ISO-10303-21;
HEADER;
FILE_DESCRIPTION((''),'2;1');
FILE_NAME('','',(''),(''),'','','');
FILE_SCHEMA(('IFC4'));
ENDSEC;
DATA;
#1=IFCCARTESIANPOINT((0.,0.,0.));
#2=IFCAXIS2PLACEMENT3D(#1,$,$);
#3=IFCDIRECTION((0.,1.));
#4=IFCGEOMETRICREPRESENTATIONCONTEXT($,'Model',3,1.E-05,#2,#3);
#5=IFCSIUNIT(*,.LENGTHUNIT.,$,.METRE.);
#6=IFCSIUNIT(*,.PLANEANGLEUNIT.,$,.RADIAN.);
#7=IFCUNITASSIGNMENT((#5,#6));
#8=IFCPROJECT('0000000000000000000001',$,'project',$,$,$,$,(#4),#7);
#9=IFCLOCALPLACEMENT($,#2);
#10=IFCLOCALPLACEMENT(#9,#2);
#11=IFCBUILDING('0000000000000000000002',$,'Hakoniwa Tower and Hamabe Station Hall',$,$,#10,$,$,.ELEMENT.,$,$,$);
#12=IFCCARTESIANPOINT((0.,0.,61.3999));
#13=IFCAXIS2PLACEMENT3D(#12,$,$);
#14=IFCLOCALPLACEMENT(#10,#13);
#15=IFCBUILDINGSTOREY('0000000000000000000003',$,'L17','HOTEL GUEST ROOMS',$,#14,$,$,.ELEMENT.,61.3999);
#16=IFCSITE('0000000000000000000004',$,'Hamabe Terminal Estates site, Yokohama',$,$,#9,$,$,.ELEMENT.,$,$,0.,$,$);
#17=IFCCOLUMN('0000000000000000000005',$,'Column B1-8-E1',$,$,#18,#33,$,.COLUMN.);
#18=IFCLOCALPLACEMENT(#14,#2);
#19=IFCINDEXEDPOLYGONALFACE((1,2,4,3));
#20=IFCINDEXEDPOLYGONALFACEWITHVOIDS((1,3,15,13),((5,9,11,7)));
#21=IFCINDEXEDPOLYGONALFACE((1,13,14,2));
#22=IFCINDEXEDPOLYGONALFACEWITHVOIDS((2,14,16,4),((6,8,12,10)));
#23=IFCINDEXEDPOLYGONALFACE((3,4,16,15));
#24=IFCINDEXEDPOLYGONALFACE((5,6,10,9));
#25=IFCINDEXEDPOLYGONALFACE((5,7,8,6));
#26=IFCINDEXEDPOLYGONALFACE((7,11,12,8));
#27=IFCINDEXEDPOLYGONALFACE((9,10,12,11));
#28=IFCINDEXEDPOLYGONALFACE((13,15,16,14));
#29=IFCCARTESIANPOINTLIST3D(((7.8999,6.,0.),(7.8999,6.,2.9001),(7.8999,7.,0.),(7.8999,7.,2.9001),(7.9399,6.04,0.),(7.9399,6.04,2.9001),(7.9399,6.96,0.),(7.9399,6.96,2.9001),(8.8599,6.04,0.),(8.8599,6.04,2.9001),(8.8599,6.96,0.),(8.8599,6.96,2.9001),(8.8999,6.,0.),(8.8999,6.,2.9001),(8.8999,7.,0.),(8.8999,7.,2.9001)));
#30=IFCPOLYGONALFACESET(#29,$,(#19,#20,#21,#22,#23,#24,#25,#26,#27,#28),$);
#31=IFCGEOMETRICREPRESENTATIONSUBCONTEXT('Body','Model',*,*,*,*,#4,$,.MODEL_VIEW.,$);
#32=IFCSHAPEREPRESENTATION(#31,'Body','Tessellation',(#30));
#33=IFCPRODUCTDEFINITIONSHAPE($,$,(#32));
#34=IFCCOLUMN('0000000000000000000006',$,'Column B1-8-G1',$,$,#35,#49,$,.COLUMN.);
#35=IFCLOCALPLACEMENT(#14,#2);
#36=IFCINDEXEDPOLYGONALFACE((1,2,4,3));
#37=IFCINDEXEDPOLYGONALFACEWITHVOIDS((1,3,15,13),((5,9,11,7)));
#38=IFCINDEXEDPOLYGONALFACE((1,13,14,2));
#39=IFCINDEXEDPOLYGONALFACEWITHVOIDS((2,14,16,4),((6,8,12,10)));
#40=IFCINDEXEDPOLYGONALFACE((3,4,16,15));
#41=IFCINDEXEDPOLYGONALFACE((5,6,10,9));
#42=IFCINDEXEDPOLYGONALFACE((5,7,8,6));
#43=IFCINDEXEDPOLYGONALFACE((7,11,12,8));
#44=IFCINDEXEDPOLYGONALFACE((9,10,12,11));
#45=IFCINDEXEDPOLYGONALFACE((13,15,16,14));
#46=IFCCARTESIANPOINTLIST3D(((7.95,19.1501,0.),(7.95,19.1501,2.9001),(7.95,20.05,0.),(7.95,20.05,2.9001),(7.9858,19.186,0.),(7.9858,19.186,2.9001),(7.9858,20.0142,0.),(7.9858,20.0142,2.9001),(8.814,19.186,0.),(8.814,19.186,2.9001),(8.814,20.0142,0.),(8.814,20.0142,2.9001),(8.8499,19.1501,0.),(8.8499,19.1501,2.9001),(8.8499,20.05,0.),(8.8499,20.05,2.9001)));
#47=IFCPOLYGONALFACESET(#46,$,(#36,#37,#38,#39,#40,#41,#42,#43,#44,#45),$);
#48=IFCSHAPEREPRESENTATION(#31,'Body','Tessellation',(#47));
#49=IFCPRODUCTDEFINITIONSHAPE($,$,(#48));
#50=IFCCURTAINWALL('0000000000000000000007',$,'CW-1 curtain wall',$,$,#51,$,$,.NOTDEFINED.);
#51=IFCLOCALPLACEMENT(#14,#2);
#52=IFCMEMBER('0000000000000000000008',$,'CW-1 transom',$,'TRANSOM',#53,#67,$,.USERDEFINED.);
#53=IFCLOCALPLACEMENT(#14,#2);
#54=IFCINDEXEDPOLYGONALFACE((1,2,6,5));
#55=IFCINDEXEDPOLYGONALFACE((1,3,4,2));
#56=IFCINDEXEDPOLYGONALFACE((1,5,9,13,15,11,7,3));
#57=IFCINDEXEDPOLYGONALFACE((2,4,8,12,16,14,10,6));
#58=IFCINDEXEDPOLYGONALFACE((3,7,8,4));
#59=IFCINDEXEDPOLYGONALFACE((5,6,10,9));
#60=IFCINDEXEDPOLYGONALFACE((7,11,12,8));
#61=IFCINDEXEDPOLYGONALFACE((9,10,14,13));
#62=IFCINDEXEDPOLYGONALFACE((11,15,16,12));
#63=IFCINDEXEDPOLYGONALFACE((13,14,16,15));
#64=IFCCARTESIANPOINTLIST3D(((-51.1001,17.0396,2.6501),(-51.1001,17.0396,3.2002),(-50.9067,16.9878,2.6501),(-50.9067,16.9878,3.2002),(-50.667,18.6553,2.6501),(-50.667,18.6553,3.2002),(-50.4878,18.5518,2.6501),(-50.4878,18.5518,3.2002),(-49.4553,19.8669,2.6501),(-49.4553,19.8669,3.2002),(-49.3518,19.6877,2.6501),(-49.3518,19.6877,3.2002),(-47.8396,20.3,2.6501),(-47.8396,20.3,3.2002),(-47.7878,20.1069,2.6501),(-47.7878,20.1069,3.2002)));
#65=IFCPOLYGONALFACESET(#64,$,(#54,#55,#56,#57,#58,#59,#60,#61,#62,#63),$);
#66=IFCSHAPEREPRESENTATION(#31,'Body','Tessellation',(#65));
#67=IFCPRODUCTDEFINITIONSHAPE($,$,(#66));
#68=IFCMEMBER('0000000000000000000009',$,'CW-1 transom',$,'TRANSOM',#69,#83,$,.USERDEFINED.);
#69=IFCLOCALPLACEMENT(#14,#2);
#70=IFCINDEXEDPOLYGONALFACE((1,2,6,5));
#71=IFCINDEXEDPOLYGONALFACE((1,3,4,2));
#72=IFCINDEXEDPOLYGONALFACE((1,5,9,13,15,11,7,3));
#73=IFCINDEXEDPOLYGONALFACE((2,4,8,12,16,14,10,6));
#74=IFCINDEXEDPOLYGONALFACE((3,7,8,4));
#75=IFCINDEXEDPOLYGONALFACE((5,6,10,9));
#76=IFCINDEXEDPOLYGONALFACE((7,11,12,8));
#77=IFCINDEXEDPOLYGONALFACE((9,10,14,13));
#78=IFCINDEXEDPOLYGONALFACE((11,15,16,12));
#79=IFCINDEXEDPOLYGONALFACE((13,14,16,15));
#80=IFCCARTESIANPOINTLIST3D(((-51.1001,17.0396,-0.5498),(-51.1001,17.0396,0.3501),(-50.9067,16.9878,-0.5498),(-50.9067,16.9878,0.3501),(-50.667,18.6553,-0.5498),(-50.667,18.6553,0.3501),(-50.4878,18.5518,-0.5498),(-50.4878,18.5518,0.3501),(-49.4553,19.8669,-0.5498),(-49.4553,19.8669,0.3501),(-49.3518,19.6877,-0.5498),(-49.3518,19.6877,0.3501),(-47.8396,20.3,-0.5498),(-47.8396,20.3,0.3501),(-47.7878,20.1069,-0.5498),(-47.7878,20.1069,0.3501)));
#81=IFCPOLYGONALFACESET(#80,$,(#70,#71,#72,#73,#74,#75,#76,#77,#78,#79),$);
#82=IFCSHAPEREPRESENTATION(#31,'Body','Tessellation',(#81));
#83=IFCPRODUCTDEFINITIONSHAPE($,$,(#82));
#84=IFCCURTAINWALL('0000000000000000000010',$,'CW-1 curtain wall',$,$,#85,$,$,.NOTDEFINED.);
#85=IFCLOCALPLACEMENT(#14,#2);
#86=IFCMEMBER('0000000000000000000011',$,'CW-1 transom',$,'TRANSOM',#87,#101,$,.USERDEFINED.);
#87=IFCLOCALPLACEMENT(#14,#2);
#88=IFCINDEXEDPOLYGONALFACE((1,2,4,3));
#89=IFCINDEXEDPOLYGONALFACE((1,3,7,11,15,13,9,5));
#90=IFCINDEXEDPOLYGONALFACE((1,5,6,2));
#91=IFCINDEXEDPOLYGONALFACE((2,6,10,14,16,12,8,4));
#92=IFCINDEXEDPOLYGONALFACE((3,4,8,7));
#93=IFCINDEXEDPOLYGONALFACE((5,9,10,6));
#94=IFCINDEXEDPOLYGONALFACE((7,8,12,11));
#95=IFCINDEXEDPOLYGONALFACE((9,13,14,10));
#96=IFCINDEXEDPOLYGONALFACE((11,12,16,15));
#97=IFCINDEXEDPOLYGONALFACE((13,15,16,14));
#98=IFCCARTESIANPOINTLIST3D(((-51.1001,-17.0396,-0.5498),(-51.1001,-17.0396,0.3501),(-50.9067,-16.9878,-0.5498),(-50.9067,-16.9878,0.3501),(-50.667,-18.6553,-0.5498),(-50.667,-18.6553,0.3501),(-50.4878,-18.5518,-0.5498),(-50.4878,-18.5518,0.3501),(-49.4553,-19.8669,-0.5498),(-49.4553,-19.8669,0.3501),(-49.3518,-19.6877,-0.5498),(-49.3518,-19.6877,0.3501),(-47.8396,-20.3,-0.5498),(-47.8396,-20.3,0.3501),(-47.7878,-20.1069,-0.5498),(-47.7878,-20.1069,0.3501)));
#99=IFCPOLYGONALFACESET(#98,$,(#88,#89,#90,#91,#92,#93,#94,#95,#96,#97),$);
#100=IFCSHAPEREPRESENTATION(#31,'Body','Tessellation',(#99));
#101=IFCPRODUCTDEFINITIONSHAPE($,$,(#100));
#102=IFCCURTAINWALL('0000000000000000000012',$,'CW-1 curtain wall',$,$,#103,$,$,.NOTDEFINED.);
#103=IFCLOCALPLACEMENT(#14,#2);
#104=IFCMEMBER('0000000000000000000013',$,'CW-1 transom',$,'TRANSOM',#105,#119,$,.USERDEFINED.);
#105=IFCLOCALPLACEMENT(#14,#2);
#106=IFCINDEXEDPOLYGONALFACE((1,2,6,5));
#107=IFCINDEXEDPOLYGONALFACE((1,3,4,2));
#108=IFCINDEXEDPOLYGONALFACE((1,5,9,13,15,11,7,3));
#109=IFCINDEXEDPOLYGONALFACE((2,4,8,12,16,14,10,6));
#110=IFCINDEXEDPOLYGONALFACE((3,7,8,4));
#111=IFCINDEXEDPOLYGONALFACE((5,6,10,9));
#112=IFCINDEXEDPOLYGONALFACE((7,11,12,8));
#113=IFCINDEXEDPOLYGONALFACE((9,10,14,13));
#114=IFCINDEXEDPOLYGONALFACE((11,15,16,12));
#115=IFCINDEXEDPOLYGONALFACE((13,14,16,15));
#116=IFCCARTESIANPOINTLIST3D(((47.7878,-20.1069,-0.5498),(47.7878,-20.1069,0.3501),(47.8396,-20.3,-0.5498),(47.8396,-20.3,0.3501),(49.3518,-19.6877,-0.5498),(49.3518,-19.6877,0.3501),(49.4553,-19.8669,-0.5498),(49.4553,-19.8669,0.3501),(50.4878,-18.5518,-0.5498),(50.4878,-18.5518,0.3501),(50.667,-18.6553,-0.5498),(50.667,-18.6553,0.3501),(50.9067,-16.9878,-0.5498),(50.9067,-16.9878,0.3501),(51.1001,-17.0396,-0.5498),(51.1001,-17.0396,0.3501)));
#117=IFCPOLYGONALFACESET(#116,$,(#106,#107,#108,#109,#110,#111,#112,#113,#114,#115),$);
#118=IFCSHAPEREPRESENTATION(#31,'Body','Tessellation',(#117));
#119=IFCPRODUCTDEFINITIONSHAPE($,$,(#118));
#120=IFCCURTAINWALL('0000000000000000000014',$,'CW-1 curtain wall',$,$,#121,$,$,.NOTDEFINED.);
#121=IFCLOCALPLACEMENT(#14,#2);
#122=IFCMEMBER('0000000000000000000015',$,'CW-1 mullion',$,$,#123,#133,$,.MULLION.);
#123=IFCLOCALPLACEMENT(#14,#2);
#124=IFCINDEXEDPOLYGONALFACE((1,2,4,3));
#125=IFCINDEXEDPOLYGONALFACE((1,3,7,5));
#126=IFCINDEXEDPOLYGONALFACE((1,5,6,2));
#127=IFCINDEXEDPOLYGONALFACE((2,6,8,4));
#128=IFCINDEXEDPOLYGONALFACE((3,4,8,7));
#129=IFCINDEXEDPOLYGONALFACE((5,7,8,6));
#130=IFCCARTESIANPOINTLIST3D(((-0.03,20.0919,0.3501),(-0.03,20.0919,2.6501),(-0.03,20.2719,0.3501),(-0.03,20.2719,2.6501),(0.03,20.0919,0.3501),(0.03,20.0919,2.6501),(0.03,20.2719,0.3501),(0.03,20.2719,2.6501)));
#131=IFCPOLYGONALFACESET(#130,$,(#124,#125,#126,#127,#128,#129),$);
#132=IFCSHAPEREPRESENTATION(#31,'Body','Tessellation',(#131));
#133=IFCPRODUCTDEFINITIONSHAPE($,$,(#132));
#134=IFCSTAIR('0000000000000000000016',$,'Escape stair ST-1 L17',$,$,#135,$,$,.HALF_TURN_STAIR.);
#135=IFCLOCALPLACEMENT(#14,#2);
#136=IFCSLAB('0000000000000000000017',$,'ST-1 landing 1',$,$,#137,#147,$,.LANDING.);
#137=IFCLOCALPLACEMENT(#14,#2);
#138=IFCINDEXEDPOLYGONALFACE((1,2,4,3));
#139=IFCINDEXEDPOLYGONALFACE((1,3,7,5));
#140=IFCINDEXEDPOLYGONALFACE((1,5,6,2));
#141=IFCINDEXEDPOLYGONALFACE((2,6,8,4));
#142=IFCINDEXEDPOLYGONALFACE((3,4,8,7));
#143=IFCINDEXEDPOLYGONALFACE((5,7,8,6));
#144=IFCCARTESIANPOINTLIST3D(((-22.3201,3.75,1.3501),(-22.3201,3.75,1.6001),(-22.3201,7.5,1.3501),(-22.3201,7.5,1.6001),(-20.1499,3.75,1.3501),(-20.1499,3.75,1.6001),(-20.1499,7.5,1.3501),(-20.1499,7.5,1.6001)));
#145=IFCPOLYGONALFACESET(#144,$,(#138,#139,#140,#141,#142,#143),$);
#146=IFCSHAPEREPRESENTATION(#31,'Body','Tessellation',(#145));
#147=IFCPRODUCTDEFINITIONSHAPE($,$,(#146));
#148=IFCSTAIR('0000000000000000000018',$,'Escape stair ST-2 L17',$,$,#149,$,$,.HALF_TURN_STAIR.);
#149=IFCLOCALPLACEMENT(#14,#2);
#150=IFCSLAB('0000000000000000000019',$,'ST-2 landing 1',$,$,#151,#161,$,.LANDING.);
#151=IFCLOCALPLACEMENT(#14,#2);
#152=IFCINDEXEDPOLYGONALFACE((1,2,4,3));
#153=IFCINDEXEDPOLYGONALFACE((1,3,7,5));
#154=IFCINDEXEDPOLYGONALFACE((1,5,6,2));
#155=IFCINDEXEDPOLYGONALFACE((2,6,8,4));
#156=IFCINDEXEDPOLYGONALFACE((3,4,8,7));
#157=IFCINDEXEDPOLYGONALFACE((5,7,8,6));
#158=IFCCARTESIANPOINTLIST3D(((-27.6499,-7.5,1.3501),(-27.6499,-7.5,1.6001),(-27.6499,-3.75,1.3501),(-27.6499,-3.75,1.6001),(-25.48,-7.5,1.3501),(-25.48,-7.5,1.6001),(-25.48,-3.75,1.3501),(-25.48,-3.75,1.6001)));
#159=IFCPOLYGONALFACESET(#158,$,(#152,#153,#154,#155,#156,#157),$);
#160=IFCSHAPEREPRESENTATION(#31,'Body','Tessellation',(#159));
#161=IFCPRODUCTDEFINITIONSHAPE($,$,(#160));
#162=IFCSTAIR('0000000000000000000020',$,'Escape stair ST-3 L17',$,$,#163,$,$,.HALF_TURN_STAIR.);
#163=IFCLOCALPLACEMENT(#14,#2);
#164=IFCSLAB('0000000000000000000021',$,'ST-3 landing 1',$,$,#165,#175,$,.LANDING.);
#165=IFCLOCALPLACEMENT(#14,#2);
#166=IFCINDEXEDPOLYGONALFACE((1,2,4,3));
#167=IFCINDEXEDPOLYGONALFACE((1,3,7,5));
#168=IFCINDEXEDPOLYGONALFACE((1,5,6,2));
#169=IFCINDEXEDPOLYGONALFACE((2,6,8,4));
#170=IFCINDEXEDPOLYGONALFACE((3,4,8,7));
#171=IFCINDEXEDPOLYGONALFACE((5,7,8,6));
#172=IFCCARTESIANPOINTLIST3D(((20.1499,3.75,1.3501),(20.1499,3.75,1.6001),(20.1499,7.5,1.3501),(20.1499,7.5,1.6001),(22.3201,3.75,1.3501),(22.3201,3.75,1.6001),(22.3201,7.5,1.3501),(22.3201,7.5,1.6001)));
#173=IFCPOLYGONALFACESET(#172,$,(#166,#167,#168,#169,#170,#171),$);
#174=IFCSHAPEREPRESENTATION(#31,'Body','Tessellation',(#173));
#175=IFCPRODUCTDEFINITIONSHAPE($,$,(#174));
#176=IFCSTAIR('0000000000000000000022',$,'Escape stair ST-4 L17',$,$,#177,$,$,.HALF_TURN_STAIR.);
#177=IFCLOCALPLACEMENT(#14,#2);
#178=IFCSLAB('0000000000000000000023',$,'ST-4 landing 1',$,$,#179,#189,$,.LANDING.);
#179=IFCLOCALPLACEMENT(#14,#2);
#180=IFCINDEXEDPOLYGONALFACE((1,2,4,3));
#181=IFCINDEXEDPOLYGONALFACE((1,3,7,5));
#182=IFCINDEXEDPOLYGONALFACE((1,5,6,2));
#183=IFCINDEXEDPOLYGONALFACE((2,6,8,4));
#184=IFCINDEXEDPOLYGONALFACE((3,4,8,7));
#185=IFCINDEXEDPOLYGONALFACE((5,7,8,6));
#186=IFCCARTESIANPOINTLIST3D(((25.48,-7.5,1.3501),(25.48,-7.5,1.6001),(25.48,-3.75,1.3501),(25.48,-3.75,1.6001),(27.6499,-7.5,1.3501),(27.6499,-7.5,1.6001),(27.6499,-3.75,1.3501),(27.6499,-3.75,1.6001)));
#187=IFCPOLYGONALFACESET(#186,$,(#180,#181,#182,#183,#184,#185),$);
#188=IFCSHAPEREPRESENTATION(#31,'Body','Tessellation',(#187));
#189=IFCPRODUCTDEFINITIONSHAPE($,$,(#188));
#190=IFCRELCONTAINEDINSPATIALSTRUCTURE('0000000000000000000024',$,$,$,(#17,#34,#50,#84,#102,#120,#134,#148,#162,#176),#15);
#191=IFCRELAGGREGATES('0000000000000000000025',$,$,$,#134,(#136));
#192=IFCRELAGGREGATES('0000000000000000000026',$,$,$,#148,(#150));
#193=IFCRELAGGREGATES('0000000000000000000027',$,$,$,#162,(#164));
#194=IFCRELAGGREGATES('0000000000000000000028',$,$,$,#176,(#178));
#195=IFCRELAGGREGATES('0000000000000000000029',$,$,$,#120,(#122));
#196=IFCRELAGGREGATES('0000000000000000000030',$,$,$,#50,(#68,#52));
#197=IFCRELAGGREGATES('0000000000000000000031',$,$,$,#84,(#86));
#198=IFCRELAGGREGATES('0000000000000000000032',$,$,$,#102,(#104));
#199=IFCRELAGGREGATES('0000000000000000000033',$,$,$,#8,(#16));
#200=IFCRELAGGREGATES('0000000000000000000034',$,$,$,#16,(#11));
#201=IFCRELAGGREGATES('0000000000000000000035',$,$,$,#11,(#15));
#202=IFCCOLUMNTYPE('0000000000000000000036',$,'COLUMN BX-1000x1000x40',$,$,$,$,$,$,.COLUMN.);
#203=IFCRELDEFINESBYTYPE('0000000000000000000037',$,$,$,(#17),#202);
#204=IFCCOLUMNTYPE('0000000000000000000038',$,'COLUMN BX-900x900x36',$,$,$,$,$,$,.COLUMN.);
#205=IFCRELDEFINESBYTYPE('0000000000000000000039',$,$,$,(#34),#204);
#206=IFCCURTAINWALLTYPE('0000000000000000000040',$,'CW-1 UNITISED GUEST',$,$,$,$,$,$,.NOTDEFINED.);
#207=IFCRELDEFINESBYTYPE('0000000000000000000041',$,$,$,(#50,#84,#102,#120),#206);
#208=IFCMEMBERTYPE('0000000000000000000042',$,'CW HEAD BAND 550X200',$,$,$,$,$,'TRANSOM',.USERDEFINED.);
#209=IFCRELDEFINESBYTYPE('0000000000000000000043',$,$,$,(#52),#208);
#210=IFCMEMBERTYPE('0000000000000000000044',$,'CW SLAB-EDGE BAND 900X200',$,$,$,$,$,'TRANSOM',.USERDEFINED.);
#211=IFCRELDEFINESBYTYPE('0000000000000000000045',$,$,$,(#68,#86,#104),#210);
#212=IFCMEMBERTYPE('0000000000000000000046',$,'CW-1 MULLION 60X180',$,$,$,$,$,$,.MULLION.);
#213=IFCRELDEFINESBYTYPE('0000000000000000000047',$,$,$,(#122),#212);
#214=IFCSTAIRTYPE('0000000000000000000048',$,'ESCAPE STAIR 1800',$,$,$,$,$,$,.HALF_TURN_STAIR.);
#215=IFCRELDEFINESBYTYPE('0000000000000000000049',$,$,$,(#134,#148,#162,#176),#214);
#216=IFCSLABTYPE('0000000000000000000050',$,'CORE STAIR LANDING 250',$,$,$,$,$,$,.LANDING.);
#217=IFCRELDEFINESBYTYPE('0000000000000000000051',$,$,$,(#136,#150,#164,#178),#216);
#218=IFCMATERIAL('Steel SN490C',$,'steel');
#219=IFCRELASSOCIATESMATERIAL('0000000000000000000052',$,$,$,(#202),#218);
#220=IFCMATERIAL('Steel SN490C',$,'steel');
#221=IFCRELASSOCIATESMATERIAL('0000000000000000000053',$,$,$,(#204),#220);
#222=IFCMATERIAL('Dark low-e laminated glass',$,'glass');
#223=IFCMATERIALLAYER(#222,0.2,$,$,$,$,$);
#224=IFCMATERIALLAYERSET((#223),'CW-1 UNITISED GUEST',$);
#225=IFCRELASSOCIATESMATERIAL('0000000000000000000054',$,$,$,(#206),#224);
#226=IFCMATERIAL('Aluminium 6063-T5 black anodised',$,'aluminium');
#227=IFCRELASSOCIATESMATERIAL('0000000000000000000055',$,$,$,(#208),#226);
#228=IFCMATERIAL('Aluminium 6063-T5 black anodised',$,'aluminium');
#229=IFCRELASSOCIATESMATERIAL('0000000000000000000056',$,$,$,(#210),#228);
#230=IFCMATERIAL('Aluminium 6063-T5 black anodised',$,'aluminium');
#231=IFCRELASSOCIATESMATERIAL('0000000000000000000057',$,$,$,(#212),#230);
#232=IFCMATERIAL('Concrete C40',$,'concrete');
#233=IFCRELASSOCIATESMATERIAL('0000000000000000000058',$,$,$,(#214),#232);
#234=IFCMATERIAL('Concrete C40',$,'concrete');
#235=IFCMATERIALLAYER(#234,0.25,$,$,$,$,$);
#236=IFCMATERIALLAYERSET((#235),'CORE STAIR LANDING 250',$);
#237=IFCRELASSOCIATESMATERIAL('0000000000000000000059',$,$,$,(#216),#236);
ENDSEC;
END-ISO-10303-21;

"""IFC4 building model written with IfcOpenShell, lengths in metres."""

from ifc_helpers import new_model, si_unit, direction, frame, origin, origin_2d, place, context, subcontext, project, spatial, polyline, rectangle, hollow_rectangle, outline, extrude, material, layer, layer_set, material_profile, profile_set, type_object, element, aggregate, save


model = new_model("IFC4")

# Units and contexts
model_context = context("Model", 3, precision=1e-05, world=origin(), true_north=direction((0.0, 1.0)))
body_context = subcontext(model_context, "Body", "Model", "MODEL_VIEW")
ifc_project = project(units=[si_unit("LENGTHUNIT", "METRE"), si_unit("PLANEANGLEUNIT", "RADIAN")], contexts=[model_context])

# Site, building, storey
site_placement = place(None, origin())
site = spatial("IfcSite", under=ifc_project, at=site_placement, Name="Hamabe Terminal Estates site, Yokohama", CompositionType="ELEMENT", RefElevation=0.0)
building_placement = place(site_placement, origin())
building = spatial("IfcBuilding", under=site, at=building_placement, Name="Hakoniwa Tower and Hamabe Station Hall", CompositionType="ELEMENT")
storey_placement = place(building_placement, frame((0.0, 0.0, 61.3999)))
storey = spatial("IfcBuildingStorey", under=building, at=storey_placement, Name="L17", Description="HOTEL GUEST ROOMS", CompositionType="ELEMENT", Elevation=61.3999)

# Columns
ifc_material_1 = material(Name="Steel SN490C", Category="steel")
ifc_material_profile_1 = material_profile(ifc_material_1, hollow_rectangle(XDim=1.0, YDim=1.0, WallThickness=0.04, at=origin_2d()), Name="BX-1000x1000x40")
ifc_profile_set_1 = profile_set([ifc_material_profile_1], Name="Steel SN490C")
column_type_1 = type_object("IfcColumnType", Name="COLUMN BX-1000x1000x40", PredefinedType="COLUMN", material=ifc_profile_set_1)
column_1_placement = place(storey_placement, frame((8.3999, 6.5, 0.0), z_axis=(0.0, 0.0, 1.0), x_axis=(1.0, 0.0, 0.0)))
element("IfcColumn", 1, at=column_1_placement, inside=storey, type_object=column_type_1, Name="Column B1-8-E1", PredefinedType="COLUMN", context=body_context, shape_type="SweptSolid", body=[
    extrude(hollow_rectangle(XDim=1.0, YDim=1.0, WallThickness=0.04, at=origin_2d()), origin(), (0.0, 0.0, 1.0), 2.9001),
])
ifc_material_2 = material(Name="Steel SN490C", Category="steel")
ifc_material_profile_2 = material_profile(ifc_material_2, hollow_rectangle(XDim=0.8999, YDim=0.8999, WallThickness=0.0359, at=origin_2d()), Name="BX-900x900x36")
ifc_profile_set_2 = profile_set([ifc_material_profile_2], Name="Steel SN490C")
column_type_2 = type_object("IfcColumnType", Name="COLUMN BX-900x900x36", PredefinedType="COLUMN", material=ifc_profile_set_2)
column_2_placement = place(storey_placement, frame((8.3999, 19.6001, 0.0), z_axis=(0.0, 0.0, 1.0), x_axis=(1.0, 0.0, 0.0)))
element("IfcColumn", 2, at=column_2_placement, inside=storey, type_object=column_type_2, Name="Column B1-8-G1", PredefinedType="COLUMN", context=body_context, shape_type="SweptSolid", body=[
    extrude(hollow_rectangle(XDim=0.8999, YDim=0.8999, WallThickness=0.0359, at=origin_2d()), origin(), (0.0, 0.0, 1.0), 2.9001),
])

# Curtain wall, members
ifc_material_3 = material(Name="Dark low-e laminated glass", Category="glass")
ifc_layer_1 = layer(ifc_material_3, 0.2)
ifc_layer_set_1 = layer_set([ifc_layer_1], Name="CW-1 UNITISED GUEST")
curtain_wall_type = type_object("IfcCurtainWallType", Name="CW-1 UNITISED GUEST", PredefinedType="NOTDEFINED", material=ifc_layer_set_1)
curtain_wall_1_placement = place(storey_placement, origin())
curtain_wall_1 = element("IfcCurtainWall", 3, at=curtain_wall_1_placement, inside=storey, type_object=curtain_wall_type, Name="CW-1 curtain wall", PredefinedType="NOTDEFINED")
ifc_material_4 = material(Name="Aluminium 6063-T5 black anodised", Category="aluminium")
ifc_material_profile_3 = material_profile(ifc_material_4, rectangle(XDim=0.2, YDim=0.55, at=origin_2d()), Name="CW HEAD BAND 550X200")
ifc_profile_set_3 = profile_set([ifc_material_profile_3], Name="Aluminium 6063-T5 black anodised")
member_type_1 = type_object("IfcMemberType", Name="CW HEAD BAND 550X200", ElementType="TRANSOM", PredefinedType="USERDEFINED", material=ifc_profile_set_3)
member_1_placement = place(storey_placement, frame((0.0, 0.0, 2.6501)))
member_1 = element("IfcMember", 4, at=member_1_placement, type_object=member_type_1, Name="CW-1 transom", ObjectType="TRANSOM", PredefinedType="USERDEFINED", context=body_context, shape_type="SweptSolid", body=[
    extrude(outline(polyline([(-47.8396, 20.3), (-49.4553, 19.8669), (-50.667, 18.6553), (-51.1001, 17.0396), (-50.9067, 16.9878), (-50.4878, 18.5518), (-49.3518, 19.6877), (-47.7878, 20.1069), (-47.8396, 20.3)])), origin(), (0.0, 0.0, 1.0), 0.55),
])
ifc_material_5 = material(Name="Aluminium 6063-T5 black anodised", Category="aluminium")
ifc_material_profile_4 = material_profile(ifc_material_5, rectangle(XDim=0.2, YDim=0.8999, at=origin_2d()), Name="CW SLAB-EDGE BAND 900X200")
ifc_profile_set_4 = profile_set([ifc_material_profile_4], Name="Aluminium 6063-T5 black anodised")
member_type_2 = type_object("IfcMemberType", Name="CW SLAB-EDGE BAND 900X200", ElementType="TRANSOM", PredefinedType="USERDEFINED", material=ifc_profile_set_4)
member_2_placement = place(storey_placement, frame((0.0, 0.0, -0.5498)))
member_2 = element("IfcMember", 5, at=member_2_placement, type_object=member_type_2, Name="CW-1 transom", ObjectType="TRANSOM", PredefinedType="USERDEFINED", context=body_context, shape_type="SweptSolid", body=[
    extrude(outline(polyline([(-47.8396, 20.3), (-49.4553, 19.8669), (-50.667, 18.6553), (-51.1001, 17.0396), (-50.9067, 16.9878), (-50.4878, 18.5518), (-49.3518, 19.6877), (-47.7878, 20.1069), (-47.8396, 20.3)])), origin(), (0.0, 0.0, 1.0), 0.8999),
])

# Curtain walls, members
curtain_wall_2_placement = place(storey_placement, origin())
curtain_wall_2 = element("IfcCurtainWall", 6, at=curtain_wall_2_placement, inside=storey, type_object=curtain_wall_type, Name="CW-1 curtain wall", PredefinedType="NOTDEFINED")
member_3_placement = place(storey_placement, frame((0.0, 0.0, -0.5498)))
member_3 = element("IfcMember", 7, at=member_3_placement, type_object=member_type_2, Name="CW-1 transom", ObjectType="TRANSOM", PredefinedType="USERDEFINED", context=body_context, shape_type="SweptSolid", body=[
    extrude(outline(polyline([(-51.1001, -17.0396), (-50.667, -18.6553), (-49.4553, -19.8669), (-47.8396, -20.3), (-47.7878, -20.1069), (-49.3518, -19.6877), (-50.4878, -18.5518), (-50.9067, -16.9878), (-51.1001, -17.0396)])), origin(), (0.0, 0.0, 1.0), 0.8999),
])
curtain_wall_3_placement = place(storey_placement, origin())
curtain_wall_3 = element("IfcCurtainWall", 8, at=curtain_wall_3_placement, inside=storey, type_object=curtain_wall_type, Name="CW-1 curtain wall", PredefinedType="NOTDEFINED")
member_4_placement = place(storey_placement, frame((0.0, 0.0, -0.5498)))
member_4 = element("IfcMember", 9, at=member_4_placement, type_object=member_type_2, Name="CW-1 transom", ObjectType="TRANSOM", PredefinedType="USERDEFINED", context=body_context, shape_type="SweptSolid", body=[
    extrude(outline(polyline([(47.8396, -20.3), (49.4553, -19.8669), (50.667, -18.6553), (51.1001, -17.0396), (50.9067, -16.9878), (50.4878, -18.5518), (49.3518, -19.6877), (47.7878, -20.1069), (47.8396, -20.3)])), origin(), (0.0, 0.0, 1.0), 0.8999),
])
curtain_wall_4_placement = place(storey_placement, origin())
curtain_wall_4 = element("IfcCurtainWall", 10, at=curtain_wall_4_placement, inside=storey, type_object=curtain_wall_type, Name="CW-1 curtain wall", PredefinedType="NOTDEFINED")
ifc_material_6 = material(Name="Aluminium 6063-T5 black anodised", Category="aluminium")
ifc_material_profile_5 = material_profile(ifc_material_6, rectangle(XDim=0.0601, YDim=0.1799, at=origin_2d()), Name="CW-1 MULLION 60X180")
ifc_profile_set_5 = profile_set([ifc_material_profile_5], Name="Aluminium 6063-T5 black anodised")
member_type_3 = type_object("IfcMemberType", Name="CW-1 MULLION 60X180", PredefinedType="MULLION", material=ifc_profile_set_5)
member_5_placement = place(storey_placement, frame((0.0, 20.1819, 0.3501), z_axis=(0.0, 0.0, 1.0), x_axis=(-1.0, 0.0, 0.0)))
member_5 = element("IfcMember", 11, at=member_5_placement, type_object=member_type_3, Name="CW-1 mullion", PredefinedType="MULLION", context=body_context, shape_type="SweptSolid", body=[
    extrude(rectangle(XDim=0.0601, YDim=0.1799, at=origin_2d()), origin(), (0.0, 0.0, 1.0), 2.3),
])

# Stairs, slabs
ifc_material_7 = material(Name="Concrete C40", Category="concrete")
stair_type = type_object("IfcStairType", Name="ESCAPE STAIR 1800", PredefinedType="HALF_TURN_STAIR", material=ifc_material_7)
stair_1_placement = place(storey_placement, origin())
stair_1 = element("IfcStair", 12, at=stair_1_placement, inside=storey, type_object=stair_type, Name="Escape stair ST-1 L17", PredefinedType="HALF_TURN_STAIR")
ifc_material_8 = material(Name="Concrete C40", Category="concrete")
ifc_layer_2 = layer(ifc_material_8, 0.25)
ifc_layer_set_2 = layer_set([ifc_layer_2], Name="CORE STAIR LANDING 250")
slab_type = type_object("IfcSlabType", Name="CORE STAIR LANDING 250", PredefinedType="LANDING", material=ifc_layer_set_2)
slab_1_placement = place(storey_placement, frame((0.0, 0.0, 1.3501)))
slab_1 = element("IfcSlab", 13, at=slab_1_placement, type_object=slab_type, Name="ST-1 landing 1", PredefinedType="LANDING", context=body_context, shape_type="SweptSolid", body=[
    extrude(outline(polyline([(-22.3201, 3.75), (-20.1499, 3.75), (-20.1499, 7.5), (-22.3201, 7.5), (-22.3201, 3.75)])), origin(), (0.0, 0.0, 1.0), 0.25),
])
aggregate(stair_1, [slab_1])
stair_2_placement = place(storey_placement, origin())
stair_2 = element("IfcStair", 14, at=stair_2_placement, inside=storey, type_object=stair_type, Name="Escape stair ST-2 L17", PredefinedType="HALF_TURN_STAIR")
slab_2_placement = place(storey_placement, frame((0.0, 0.0, 1.3501)))
slab_2 = element("IfcSlab", 15, at=slab_2_placement, type_object=slab_type, Name="ST-2 landing 1", PredefinedType="LANDING", context=body_context, shape_type="SweptSolid", body=[
    extrude(outline(polyline([(-25.48, -7.5), (-27.6499, -7.5), (-27.6499, -3.75), (-25.48, -3.75), (-25.48, -7.5)])), origin(), (0.0, 0.0, 1.0), 0.25),
])
aggregate(stair_2, [slab_2])
stair_3_placement = place(storey_placement, origin())
stair_3 = element("IfcStair", 16, at=stair_3_placement, inside=storey, type_object=stair_type, Name="Escape stair ST-3 L17", PredefinedType="HALF_TURN_STAIR")
slab_3_placement = place(storey_placement, frame((0.0, 0.0, 1.3501)))
slab_3 = element("IfcSlab", 17, at=slab_3_placement, type_object=slab_type, Name="ST-3 landing 1", PredefinedType="LANDING", context=body_context, shape_type="SweptSolid", body=[
    extrude(outline(polyline([(22.3201, 3.75), (20.1499, 3.75), (20.1499, 7.5), (22.3201, 7.5), (22.3201, 3.75)])), origin(), (0.0, 0.0, 1.0), 0.25),
])
aggregate(stair_3, [slab_3])
stair_4_placement = place(storey_placement, origin())
stair_4 = element("IfcStair", 18, at=stair_4_placement, inside=storey, type_object=stair_type, Name="Escape stair ST-4 L17", PredefinedType="HALF_TURN_STAIR")
slab_4_placement = place(storey_placement, frame((0.0, 0.0, 1.3501)))
slab_4 = element("IfcSlab", 19, at=slab_4_placement, type_object=slab_type, Name="ST-4 landing 1", PredefinedType="LANDING", context=body_context, shape_type="SweptSolid", body=[
    extrude(outline(polyline([(25.48, -7.5), (27.6499, -7.5), (27.6499, -3.75), (25.48, -3.75), (25.48, -7.5)])), origin(), (0.0, 0.0, 1.0), 0.25),
])
aggregate(stair_4, [slab_4])

aggregate(curtain_wall_4, [member_5])
aggregate(curtain_wall_1, [member_2, member_1])
aggregate(curtain_wall_2, [member_3])
aggregate(curtain_wall_3, [member_4])

save(model, "model.ifc")
